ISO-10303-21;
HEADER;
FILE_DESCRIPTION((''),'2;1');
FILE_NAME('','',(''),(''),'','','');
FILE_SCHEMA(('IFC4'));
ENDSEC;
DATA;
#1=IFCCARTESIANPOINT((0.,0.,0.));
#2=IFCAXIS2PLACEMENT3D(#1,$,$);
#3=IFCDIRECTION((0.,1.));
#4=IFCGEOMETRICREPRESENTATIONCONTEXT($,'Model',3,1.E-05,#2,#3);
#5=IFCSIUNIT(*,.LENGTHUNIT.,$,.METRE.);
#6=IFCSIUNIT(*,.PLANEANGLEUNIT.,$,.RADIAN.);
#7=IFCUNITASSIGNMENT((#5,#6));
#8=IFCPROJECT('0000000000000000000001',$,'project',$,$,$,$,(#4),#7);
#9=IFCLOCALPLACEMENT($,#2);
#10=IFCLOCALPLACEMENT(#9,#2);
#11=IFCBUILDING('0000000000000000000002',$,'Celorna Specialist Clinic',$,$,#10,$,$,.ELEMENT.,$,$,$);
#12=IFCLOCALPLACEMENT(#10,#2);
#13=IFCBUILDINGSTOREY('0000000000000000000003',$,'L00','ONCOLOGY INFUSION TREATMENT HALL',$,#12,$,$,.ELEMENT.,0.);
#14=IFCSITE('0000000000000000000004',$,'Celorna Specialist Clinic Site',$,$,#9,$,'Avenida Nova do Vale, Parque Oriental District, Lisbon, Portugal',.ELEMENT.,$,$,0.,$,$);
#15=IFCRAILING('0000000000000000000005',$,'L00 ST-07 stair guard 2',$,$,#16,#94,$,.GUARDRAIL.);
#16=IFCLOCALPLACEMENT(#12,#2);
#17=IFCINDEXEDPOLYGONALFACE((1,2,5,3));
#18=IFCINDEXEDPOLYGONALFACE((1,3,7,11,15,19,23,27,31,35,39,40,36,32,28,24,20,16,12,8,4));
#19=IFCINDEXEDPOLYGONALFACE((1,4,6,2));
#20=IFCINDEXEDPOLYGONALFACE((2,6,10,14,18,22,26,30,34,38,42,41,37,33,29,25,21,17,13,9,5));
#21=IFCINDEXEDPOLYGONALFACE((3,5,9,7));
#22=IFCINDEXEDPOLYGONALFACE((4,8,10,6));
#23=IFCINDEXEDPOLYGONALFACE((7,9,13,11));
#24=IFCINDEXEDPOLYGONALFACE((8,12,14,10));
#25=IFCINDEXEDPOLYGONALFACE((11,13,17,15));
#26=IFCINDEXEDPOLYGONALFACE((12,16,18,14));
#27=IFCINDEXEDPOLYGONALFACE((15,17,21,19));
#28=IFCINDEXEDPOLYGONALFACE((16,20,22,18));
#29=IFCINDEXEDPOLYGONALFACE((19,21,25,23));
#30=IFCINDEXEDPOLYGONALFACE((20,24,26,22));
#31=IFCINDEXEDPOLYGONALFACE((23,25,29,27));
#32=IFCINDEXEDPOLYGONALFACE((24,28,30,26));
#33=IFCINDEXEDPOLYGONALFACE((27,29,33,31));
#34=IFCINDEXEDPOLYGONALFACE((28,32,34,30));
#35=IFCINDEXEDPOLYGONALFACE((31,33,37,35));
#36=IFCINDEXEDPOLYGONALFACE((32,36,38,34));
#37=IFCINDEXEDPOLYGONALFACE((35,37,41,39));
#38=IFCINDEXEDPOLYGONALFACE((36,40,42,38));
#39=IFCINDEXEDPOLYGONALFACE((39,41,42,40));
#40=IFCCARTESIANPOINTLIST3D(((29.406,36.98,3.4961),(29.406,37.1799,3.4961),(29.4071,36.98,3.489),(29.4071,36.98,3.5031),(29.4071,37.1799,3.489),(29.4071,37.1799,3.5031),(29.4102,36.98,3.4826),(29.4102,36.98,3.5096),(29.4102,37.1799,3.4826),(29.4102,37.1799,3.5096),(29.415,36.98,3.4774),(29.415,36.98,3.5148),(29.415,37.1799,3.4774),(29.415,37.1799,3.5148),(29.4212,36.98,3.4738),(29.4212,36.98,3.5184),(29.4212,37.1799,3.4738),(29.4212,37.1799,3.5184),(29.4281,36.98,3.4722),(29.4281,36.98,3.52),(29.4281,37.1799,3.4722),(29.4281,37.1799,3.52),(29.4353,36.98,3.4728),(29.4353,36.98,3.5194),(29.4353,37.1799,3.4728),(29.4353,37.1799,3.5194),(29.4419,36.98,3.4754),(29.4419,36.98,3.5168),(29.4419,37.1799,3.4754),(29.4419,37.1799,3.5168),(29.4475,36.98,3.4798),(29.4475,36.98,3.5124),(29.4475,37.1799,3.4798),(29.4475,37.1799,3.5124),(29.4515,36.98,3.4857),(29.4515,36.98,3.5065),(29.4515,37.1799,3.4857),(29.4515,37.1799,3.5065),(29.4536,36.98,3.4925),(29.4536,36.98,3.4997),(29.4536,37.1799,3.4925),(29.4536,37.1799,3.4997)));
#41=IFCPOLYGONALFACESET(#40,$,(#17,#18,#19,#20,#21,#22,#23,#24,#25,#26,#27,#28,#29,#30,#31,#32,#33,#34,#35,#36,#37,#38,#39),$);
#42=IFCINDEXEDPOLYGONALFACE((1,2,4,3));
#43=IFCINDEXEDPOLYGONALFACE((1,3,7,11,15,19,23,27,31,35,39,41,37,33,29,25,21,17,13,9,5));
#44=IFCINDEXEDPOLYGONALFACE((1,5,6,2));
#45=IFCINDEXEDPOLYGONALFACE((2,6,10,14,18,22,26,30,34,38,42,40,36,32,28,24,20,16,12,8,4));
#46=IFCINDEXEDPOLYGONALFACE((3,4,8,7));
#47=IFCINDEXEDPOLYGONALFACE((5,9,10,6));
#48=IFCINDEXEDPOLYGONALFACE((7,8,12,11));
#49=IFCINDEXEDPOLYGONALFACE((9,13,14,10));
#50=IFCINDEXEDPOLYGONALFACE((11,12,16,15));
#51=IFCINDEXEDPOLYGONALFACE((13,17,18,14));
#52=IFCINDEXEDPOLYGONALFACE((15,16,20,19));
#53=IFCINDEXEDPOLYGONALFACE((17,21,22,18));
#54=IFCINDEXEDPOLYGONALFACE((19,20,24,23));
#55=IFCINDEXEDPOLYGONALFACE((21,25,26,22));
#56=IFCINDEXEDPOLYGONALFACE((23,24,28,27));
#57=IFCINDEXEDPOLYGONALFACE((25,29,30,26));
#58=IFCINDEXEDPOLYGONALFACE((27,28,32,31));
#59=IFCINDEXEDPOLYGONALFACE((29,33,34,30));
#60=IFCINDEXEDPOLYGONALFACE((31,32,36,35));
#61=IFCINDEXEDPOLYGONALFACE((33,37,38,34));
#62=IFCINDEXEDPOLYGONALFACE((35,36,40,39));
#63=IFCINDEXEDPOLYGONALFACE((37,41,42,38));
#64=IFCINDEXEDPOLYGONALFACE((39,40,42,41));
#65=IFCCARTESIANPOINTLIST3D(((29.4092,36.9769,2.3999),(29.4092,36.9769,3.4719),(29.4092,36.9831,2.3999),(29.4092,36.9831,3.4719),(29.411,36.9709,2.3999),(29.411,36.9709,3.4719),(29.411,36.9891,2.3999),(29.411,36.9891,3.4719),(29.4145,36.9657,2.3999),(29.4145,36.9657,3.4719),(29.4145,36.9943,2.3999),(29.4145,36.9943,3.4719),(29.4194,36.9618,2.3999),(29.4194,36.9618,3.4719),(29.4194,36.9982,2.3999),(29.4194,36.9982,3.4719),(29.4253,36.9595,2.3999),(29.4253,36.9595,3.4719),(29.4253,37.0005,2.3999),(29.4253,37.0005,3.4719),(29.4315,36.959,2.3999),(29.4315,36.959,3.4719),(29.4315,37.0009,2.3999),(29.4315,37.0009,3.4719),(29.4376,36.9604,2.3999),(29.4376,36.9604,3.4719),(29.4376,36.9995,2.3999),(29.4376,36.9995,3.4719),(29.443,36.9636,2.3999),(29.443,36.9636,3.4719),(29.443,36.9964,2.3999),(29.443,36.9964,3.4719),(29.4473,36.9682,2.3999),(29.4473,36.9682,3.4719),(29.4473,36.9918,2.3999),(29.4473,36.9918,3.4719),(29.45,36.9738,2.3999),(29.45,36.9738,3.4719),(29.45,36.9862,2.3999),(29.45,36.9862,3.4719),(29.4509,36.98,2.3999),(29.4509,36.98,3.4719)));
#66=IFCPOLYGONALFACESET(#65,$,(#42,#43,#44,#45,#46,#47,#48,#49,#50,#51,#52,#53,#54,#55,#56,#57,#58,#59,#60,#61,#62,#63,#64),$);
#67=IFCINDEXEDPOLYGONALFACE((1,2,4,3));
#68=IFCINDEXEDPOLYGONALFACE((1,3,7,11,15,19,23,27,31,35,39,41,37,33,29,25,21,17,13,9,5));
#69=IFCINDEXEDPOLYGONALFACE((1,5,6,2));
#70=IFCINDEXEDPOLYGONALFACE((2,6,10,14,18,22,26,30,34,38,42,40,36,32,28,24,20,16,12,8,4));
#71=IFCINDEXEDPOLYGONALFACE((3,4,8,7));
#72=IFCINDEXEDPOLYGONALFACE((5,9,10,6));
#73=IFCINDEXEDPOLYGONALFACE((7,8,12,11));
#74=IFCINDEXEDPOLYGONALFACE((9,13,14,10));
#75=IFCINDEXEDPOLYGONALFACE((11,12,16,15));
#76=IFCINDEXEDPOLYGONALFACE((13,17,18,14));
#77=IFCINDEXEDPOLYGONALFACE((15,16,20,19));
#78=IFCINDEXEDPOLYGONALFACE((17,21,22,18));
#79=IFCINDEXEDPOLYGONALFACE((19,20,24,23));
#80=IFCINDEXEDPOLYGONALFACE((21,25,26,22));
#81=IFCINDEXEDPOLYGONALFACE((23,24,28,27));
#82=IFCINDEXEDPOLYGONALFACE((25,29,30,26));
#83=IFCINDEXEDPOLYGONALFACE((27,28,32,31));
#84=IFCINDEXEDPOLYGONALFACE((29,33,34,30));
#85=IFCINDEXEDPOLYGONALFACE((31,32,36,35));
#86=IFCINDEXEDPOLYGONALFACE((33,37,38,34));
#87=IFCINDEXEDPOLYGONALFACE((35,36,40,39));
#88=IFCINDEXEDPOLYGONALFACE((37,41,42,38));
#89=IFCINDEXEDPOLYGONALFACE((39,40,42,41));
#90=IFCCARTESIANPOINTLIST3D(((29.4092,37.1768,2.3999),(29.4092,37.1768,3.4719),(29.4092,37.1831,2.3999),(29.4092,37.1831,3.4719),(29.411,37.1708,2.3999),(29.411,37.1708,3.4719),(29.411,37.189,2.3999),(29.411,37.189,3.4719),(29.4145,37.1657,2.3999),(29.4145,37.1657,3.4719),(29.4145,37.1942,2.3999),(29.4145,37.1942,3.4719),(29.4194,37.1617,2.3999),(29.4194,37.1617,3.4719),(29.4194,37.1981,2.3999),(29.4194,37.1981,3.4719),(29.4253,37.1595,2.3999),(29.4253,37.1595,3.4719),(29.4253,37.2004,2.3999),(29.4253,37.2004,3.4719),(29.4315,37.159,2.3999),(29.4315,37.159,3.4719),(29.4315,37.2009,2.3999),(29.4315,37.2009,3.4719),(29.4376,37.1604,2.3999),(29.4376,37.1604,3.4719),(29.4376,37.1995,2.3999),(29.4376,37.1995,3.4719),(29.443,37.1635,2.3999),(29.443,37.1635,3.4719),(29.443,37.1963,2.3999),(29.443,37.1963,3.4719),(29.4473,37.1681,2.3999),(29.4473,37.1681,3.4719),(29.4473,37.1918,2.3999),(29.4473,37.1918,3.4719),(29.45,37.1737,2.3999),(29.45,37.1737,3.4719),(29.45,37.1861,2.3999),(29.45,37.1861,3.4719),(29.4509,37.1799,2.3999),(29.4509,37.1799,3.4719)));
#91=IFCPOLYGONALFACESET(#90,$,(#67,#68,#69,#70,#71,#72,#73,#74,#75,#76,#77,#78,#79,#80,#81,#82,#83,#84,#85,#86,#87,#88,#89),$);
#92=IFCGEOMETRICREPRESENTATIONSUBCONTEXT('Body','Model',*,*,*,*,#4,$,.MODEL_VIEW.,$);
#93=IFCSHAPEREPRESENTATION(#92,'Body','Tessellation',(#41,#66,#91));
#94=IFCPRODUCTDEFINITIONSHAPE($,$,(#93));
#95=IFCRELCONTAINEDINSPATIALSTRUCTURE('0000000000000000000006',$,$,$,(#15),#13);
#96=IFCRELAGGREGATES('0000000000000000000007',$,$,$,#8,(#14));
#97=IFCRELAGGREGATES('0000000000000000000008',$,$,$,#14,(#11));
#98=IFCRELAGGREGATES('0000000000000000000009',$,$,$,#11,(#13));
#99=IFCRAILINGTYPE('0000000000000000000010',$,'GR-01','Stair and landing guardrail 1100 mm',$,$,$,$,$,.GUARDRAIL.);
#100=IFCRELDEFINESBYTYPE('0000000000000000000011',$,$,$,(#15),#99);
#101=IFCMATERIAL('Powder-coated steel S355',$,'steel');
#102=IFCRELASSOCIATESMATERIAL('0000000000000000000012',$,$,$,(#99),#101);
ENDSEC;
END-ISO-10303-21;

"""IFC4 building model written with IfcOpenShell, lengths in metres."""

from ifc_helpers import new_model, si_unit, direction, frame, origin, origin_2d, place, context, subcontext, project, spatial, circle, extrude, material, type_object, element, save


model = new_model("IFC4")

# Units and contexts
model_context = context("Model", 3, precision=1e-05, world=origin(), true_north=direction((0.0, 1.0)))
body_context = subcontext(model_context, "Body", "Model", "MODEL_VIEW")
ifc_project = project(units=[si_unit("LENGTHUNIT", "METRE"), si_unit("PLANEANGLEUNIT", "RADIAN")], contexts=[model_context])

# Site, building, storey
site_placement = place(None, origin())
site = spatial("IfcSite", under=ifc_project, at=site_placement, Name="Celorna Specialist Clinic Site", LongName="Avenida Nova do Vale, Parque Oriental District, Lisbon, Portugal", CompositionType="ELEMENT", RefElevation=0.0)
building_placement = place(site_placement, origin())
building = spatial("IfcBuilding", under=site, at=building_placement, Name="Celorna Specialist Clinic", CompositionType="ELEMENT")
storey_placement = place(building_placement, origin())
storey = spatial("IfcBuildingStorey", under=building, at=storey_placement, Name="L00", Description="ONCOLOGY INFUSION TREATMENT HALL", CompositionType="ELEMENT", Elevation=0.0)

# Railing
ifc_material_1 = material(Name="Powder-coated steel S355", Category="steel")
railing_type_1 = type_object("IfcRailingType", Name="GR-01", Description="Stair and landing guardrail 1100 mm", PredefinedType="GUARDRAIL", material=ifc_material_1)
railing_1_placement = place(storey_placement, frame((29.4299, 36.98, 2.3999)))
element("IfcRailing", 1, at=railing_1_placement, inside=storey, type_object=railing_type_1, Name="L00 ST-07 stair guard 2", PredefinedType="GUARDRAIL", context=body_context, shape_type="SweptSolid", body=[
    extrude(circle(Radius=0.0239, at=origin_2d()), frame((0.0, 0.0, 1.0962), z_axis=(0.0, 1.0, 0.0), x_axis=(-1.0, 0.0, 0.0)), (0.0, 0.0, 1.0), 0.2),
    extrude(circle(Radius=0.021, at=origin_2d()), origin(), (0.0, 0.0, 1.0), 1.072),
    extrude(circle(Radius=0.021, at=origin_2d()), frame((0.0, 0.2, 0.0)), (0.0, 0.0, 1.0), 1.072),
])

save(model, "model.ifc")
